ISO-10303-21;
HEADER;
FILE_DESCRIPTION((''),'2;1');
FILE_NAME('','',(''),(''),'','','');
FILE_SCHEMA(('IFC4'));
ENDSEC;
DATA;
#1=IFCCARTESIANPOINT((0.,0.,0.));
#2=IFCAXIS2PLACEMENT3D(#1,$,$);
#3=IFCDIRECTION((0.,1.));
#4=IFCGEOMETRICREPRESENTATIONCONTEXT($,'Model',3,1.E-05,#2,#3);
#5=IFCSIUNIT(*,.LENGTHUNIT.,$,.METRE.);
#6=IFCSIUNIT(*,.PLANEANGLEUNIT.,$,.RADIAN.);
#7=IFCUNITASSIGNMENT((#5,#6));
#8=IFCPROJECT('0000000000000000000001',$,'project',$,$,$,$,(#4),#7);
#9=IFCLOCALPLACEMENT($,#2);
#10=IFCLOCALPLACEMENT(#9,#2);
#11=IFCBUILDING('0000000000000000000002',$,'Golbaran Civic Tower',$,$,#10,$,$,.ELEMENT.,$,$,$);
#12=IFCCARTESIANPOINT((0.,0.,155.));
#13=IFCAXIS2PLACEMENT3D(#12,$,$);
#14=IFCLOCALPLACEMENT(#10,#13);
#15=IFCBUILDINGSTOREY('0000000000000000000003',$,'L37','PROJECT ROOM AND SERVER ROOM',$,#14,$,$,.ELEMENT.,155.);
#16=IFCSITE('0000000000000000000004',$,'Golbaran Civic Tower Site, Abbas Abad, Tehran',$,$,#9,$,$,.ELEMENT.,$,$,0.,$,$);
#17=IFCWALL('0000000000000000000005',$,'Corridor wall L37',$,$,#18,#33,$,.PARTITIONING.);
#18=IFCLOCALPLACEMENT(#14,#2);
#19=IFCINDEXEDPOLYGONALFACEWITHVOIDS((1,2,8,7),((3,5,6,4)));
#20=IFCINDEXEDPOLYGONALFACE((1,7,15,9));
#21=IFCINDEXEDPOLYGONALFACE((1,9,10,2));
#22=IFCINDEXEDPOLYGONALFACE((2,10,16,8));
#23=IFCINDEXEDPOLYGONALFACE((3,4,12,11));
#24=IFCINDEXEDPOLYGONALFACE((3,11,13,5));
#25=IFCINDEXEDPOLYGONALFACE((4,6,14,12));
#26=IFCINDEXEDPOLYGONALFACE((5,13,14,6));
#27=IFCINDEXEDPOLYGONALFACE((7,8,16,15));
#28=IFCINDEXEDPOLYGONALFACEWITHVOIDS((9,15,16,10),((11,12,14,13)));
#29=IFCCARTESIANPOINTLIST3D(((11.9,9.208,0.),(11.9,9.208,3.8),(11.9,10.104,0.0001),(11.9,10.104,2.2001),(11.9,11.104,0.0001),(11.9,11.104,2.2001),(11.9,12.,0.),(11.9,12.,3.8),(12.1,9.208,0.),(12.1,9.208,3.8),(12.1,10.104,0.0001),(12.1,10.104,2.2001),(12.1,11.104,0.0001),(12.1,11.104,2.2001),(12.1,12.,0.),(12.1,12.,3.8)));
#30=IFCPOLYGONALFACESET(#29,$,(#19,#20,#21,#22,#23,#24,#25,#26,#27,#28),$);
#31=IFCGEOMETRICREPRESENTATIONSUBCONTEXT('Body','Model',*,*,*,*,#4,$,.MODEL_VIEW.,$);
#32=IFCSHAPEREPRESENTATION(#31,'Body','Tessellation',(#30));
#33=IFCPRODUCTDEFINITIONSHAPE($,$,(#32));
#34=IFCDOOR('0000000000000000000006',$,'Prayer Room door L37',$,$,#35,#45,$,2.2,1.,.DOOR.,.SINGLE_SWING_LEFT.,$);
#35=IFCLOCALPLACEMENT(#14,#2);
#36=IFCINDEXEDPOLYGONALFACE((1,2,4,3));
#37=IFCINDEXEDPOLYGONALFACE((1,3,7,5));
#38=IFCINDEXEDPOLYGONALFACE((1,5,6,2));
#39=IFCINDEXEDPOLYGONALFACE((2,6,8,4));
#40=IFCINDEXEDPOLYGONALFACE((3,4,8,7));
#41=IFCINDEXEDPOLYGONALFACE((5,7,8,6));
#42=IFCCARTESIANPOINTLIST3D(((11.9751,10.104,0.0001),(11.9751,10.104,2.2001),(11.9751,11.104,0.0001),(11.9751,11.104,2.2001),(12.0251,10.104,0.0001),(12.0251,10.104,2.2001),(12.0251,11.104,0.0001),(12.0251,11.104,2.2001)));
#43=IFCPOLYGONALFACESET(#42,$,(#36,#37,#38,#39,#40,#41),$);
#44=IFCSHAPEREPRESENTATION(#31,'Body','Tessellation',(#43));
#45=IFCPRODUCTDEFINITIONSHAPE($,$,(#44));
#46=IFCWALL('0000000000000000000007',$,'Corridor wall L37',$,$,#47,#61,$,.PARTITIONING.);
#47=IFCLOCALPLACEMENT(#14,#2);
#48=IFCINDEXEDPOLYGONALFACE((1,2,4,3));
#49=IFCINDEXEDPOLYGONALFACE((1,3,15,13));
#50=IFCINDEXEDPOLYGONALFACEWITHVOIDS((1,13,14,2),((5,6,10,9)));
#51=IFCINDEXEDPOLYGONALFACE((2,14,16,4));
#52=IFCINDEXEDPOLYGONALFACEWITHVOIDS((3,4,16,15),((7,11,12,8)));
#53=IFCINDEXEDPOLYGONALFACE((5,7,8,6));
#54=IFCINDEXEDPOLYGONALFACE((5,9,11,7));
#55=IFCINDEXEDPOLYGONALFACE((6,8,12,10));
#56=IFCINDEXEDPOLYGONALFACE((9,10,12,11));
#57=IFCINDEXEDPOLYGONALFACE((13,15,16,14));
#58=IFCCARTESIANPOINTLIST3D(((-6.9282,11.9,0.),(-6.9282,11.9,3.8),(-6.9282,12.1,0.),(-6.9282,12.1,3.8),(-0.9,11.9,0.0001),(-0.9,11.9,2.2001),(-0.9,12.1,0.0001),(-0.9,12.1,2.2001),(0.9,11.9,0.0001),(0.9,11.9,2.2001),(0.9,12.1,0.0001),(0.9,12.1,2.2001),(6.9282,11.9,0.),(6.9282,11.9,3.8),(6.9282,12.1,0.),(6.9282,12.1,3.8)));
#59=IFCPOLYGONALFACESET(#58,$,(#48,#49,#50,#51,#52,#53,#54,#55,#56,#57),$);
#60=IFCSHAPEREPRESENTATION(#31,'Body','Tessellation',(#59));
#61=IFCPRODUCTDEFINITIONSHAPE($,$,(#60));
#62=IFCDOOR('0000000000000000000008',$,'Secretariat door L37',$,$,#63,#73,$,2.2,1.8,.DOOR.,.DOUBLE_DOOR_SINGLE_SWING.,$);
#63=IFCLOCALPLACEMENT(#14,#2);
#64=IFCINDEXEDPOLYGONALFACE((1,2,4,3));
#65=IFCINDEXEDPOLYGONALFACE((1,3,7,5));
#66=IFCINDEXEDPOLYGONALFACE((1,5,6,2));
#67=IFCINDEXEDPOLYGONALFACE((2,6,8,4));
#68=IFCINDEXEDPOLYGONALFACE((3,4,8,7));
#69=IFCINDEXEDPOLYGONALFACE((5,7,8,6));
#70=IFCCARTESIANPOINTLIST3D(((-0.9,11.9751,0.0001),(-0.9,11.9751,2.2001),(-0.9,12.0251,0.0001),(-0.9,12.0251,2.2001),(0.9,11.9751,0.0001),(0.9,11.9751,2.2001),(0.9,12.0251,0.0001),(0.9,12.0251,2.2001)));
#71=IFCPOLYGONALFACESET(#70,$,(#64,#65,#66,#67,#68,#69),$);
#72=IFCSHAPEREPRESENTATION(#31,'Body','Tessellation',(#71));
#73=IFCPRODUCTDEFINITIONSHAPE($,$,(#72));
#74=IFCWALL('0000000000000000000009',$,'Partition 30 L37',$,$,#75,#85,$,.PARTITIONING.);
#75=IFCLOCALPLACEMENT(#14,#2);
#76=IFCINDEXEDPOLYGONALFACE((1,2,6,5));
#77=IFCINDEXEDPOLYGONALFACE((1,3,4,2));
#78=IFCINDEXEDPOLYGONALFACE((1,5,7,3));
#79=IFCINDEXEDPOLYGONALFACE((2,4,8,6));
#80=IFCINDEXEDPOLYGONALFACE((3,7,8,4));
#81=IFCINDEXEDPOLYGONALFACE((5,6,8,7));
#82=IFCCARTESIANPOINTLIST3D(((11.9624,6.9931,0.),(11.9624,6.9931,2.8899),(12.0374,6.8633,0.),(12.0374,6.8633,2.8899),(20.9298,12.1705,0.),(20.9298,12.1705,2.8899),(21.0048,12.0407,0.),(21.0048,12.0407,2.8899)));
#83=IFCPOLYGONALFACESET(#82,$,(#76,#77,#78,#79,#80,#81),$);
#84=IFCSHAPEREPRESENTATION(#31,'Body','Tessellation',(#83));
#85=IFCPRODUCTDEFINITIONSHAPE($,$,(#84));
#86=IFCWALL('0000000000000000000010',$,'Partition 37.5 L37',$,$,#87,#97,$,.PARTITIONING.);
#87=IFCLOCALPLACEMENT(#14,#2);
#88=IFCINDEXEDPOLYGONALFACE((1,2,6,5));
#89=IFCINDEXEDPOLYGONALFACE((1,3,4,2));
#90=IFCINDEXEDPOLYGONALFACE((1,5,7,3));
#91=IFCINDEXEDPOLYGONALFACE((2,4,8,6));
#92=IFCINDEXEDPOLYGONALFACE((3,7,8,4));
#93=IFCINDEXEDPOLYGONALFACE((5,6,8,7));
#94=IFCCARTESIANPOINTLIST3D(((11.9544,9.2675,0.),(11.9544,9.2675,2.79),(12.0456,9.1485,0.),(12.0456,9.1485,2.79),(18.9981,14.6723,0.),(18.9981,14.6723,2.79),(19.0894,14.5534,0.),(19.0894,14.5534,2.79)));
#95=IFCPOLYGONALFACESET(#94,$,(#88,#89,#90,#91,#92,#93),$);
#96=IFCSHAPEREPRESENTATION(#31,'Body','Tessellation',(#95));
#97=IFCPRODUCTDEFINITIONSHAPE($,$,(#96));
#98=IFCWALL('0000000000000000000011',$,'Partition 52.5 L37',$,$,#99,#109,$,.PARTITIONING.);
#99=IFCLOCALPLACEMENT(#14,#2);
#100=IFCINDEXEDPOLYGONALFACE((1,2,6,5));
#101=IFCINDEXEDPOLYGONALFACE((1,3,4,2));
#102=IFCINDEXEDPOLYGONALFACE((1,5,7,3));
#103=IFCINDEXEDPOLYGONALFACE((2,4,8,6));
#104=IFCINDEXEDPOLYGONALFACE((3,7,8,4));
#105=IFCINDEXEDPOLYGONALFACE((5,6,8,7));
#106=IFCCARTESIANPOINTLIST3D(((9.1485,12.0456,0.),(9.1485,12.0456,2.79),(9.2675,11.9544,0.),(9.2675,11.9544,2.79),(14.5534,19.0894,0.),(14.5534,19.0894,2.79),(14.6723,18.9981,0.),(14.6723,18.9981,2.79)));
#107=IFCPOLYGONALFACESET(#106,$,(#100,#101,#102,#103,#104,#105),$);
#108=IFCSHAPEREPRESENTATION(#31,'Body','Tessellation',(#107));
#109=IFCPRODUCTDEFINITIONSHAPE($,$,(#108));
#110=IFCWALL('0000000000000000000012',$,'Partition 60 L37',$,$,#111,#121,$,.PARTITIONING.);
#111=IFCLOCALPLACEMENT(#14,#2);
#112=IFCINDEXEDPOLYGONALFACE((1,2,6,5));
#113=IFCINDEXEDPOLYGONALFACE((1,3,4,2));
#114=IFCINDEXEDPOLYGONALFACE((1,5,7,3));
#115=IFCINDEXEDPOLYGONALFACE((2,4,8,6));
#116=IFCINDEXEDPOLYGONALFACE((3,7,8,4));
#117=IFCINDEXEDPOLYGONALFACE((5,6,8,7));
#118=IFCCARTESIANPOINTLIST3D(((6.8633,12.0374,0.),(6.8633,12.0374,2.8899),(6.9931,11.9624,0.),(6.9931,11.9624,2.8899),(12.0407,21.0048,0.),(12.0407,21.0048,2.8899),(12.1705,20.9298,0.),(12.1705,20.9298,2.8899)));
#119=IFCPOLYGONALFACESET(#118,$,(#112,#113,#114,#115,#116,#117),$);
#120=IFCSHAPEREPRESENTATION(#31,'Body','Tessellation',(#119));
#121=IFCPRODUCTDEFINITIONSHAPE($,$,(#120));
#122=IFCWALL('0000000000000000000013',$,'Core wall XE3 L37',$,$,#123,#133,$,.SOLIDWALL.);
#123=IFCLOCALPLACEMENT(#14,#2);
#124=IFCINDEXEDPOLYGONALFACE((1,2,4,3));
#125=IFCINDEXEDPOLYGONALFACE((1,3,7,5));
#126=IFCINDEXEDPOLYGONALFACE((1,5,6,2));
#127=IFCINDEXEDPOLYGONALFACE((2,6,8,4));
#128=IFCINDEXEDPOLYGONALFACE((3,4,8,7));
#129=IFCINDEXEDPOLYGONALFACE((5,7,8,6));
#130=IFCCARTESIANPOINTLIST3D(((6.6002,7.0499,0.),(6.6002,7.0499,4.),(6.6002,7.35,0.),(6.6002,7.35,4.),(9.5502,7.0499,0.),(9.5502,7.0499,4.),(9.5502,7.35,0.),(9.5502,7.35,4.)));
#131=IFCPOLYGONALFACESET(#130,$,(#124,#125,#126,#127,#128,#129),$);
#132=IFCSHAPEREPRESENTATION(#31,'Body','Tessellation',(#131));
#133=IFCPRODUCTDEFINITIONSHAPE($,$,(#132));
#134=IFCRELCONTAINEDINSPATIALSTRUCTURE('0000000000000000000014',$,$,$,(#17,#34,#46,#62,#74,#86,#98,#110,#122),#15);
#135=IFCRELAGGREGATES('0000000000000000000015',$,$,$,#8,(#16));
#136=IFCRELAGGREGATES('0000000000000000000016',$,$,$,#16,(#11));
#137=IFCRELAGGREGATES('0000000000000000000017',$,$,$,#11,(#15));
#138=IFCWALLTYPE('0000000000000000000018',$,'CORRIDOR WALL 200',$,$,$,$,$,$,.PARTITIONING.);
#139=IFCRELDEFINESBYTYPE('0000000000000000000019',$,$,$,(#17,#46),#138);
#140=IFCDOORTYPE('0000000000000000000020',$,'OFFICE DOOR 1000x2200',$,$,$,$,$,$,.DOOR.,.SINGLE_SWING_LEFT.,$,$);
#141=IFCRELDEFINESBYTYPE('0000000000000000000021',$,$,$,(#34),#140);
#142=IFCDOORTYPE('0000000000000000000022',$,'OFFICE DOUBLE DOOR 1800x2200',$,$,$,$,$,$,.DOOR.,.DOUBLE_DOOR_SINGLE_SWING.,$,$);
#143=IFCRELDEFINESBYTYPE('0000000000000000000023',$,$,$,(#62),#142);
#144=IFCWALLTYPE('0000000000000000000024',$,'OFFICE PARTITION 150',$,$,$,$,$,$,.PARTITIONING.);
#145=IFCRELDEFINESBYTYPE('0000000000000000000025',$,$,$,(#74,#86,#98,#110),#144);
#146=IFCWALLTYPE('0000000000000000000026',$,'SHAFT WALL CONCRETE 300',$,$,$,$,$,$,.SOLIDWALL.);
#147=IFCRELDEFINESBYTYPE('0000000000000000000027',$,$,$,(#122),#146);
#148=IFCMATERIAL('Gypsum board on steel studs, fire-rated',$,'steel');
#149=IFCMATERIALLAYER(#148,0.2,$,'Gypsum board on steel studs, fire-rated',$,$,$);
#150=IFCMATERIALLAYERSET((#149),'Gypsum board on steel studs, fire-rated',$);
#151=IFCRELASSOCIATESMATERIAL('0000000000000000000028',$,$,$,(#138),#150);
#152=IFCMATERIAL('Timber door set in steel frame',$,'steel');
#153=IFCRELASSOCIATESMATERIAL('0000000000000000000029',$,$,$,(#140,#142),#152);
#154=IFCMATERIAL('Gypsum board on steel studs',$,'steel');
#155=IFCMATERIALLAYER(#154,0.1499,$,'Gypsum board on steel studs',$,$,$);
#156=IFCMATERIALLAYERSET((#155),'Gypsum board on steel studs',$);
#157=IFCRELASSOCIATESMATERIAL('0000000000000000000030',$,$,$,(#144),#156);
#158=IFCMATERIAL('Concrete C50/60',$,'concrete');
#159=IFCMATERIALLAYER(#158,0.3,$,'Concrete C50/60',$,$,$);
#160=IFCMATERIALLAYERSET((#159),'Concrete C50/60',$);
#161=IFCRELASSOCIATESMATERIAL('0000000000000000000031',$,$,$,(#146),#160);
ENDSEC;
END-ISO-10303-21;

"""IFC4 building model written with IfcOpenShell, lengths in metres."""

from ifc_helpers import new_model, si_unit, direction, frame, frame_2d, origin, place, context, subcontext, project, spatial, rectangle, extrude, material, layer, layer_set, type_object, element, fill, save


model = new_model("IFC4")

# Units and contexts
model_context = context("Model", 3, precision=1e-05, world=origin(), true_north=direction((0.0, 1.0)))
body_context = subcontext(model_context, "Body", "Model", "MODEL_VIEW")
ifc_project = project(units=[si_unit("LENGTHUNIT", "METRE"), si_unit("PLANEANGLEUNIT", "RADIAN")], contexts=[model_context])

# Site, building, storey
site_placement = place(None, origin())
site = spatial("IfcSite", under=ifc_project, at=site_placement, Name="Golbaran Civic Tower Site, Abbas Abad, Tehran", CompositionType="ELEMENT", RefElevation=0.0)
building_placement = place(site_placement, origin())
building = spatial("IfcBuilding", under=site, at=building_placement, Name="Golbaran Civic Tower", CompositionType="ELEMENT")
storey_placement = place(building_placement, frame((0.0, 0.0, 155.0)))
storey = spatial("IfcBuildingStorey", under=building, at=storey_placement, Name="L37", Description="PROJECT ROOM AND SERVER ROOM", CompositionType="ELEMENT", Elevation=155.0)

# Walls, openings, doors
ifc_material_1 = material(Name="Gypsum board on steel studs, fire-rated", Category="steel")
ifc_layer_1 = layer(ifc_material_1, 0.2, Name="Gypsum board on steel studs, fire-rated")
ifc_layer_set_1 = layer_set([ifc_layer_1], Name="Gypsum board on steel studs, fire-rated")
wall_type_1 = type_object("IfcWallType", Name="CORRIDOR WALL 200", PredefinedType="PARTITIONING", material=ifc_layer_set_1)
ifc_material_2 = material(Name="Timber door set in steel frame", Category="steel")
door_type_1 = type_object("IfcDoorType", Name="OFFICE DOOR 1000x2200", OperationType="SINGLE_SWING_LEFT", PredefinedType="DOOR", material=ifc_material_2)
wall_1_placement = place(storey_placement, frame((12.0, 9.208, 0.0), z_axis=(0.0, 0.0, 1.0), x_axis=(0.0, 1.0, 0.0)))
wall_1 = element("IfcWall", 1, at=wall_1_placement, inside=storey, type_object=wall_type_1, Name="Corridor wall L37", PredefinedType="PARTITIONING", context=body_context, shape_type="SweptSolid", body=[
    extrude(rectangle(XDim=2.792, YDim=0.2, at=frame_2d((1.396, 0.0))), origin(), (0.0, 0.0, 1.0), 3.8),
])
opening_1_placement = place(wall_1_placement, frame((0.896, 0.0, 0.0)))
opening_1 = element("IfcOpeningElement", 2, at=opening_1_placement, cuts=wall_1, PredefinedType="OPENING", context=body_context, shape_type="SweptSolid", body=[
    extrude(rectangle(XDim=1.0, YDim=2.2, at=frame_2d((0.5, 1.1001))), frame((0.0, 0.1099, 0.0), z_axis=(0.0, -1.0, 0.0), x_axis=(1.0, 0.0, 0.0)), (0.0, 0.0, 1.0), 0.22),
])
door_1_placement = place(opening_1_placement, origin())
door_1 = element("IfcDoor", 3, at=door_1_placement, inside=storey, type_object=door_type_1, Name="Prayer Room door L37", OperationType="SINGLE_SWING_LEFT", OverallHeight=2.2, OverallWidth=1.0, PredefinedType="DOOR", context=body_context, shape_type="SweptSolid", body=[
    extrude(rectangle(XDim=1.0, YDim=2.2, at=frame_2d((0.5, 1.1001))), frame((0.0, 0.0249, 0.0), z_axis=(0.0, -1.0, 0.0), x_axis=(1.0, 0.0, 0.0)), (0.0, 0.0, 1.0), 0.05),
])
fill(opening_1, door_1)
wall_2_placement = place(storey_placement, frame((6.9282, 12.0, 0.0), z_axis=(0.0, 0.0, 1.0), x_axis=(-1.0, 0.0, 0.0)))
wall_2 = element("IfcWall", 4, at=wall_2_placement, inside=storey, type_object=wall_type_1, Name="Corridor wall L37", PredefinedType="PARTITIONING", context=body_context, shape_type="SweptSolid", body=[
    extrude(rectangle(XDim=13.8564, YDim=0.2, at=frame_2d((6.9282, 0.0))), origin(), (0.0, 0.0, 1.0), 3.8),
])
opening_2_placement = place(wall_2_placement, frame((6.0283, 0.0, 0.0)))
opening_2 = element("IfcOpeningElement", 5, at=opening_2_placement, cuts=wall_2, PredefinedType="OPENING", context=body_context, shape_type="SweptSolid", body=[
    extrude(rectangle(XDim=1.8, YDim=2.2, at=frame_2d((0.8999, 1.1001))), frame((0.0, 0.1099, 0.0), z_axis=(0.0, -1.0, 0.0), x_axis=(1.0, 0.0, 0.0)), (0.0, 0.0, 1.0), 0.22),
])
door_type_2 = type_object("IfcDoorType", Name="OFFICE DOUBLE DOOR 1800x2200", OperationType="DOUBLE_DOOR_SINGLE_SWING", PredefinedType="DOOR", material=ifc_material_2)
door_2_placement = place(opening_2_placement, origin())
door_2 = element("IfcDoor", 6, at=door_2_placement, inside=storey, type_object=door_type_2, Name="Secretariat door L37", OperationType="DOUBLE_DOOR_SINGLE_SWING", OverallHeight=2.2, OverallWidth=1.8, PredefinedType="DOOR", context=body_context, shape_type="SweptSolid", body=[
    extrude(rectangle(XDim=1.8, YDim=2.2, at=frame_2d((0.8999, 1.1001))), frame((0.0, 0.0249, 0.0), z_axis=(0.0, -1.0, 0.0), x_axis=(1.0, 0.0, 0.0)), (0.0, 0.0, 1.0), 0.05),
])
fill(opening_2, door_2)

# Walls
ifc_material_3 = material(Name="Gypsum board on steel studs", Category="steel")
ifc_layer_2 = layer(ifc_material_3, 0.1499, Name="Gypsum board on steel studs")
ifc_layer_set_2 = layer_set([ifc_layer_2], Name="Gypsum board on steel studs")
wall_type_2 = type_object("IfcWallType", Name="OFFICE PARTITION 150", PredefinedType="PARTITIONING", material=ifc_layer_set_2)
wall_3_placement = place(storey_placement, frame((12.0, 6.9282, 0.0), z_axis=(0.0, 0.0, 1.0), x_axis=(0.866022, 0.500006, 0.0)))
element("IfcWall", 7, at=wall_3_placement, inside=storey, type_object=wall_type_2, Name="Partition 30 L37", PredefinedType="PARTITIONING", context=body_context, shape_type="SweptSolid", body=[
    extrude(rectangle(XDim=10.3547, YDim=0.1499, at=frame_2d((5.1772, 0.0))), origin(), (0.0, 0.0, 1.0), 2.8899),
])
for number, where, z_axis, x_axis, name in (
    (8, (12.0, 9.208, 0.0), (0.0, 0.0, 1.0), (0.793355, 0.608759, 0.0), "Partition 37.5 L37"),
    (9, (9.208, 12.0, 0.0), (0.0, 0.0, 1.0), (0.608759, 0.793355, 0.0), "Partition 52.5 L37"),
):
    element("IfcWall", number, at=place(storey_placement, frame(where, z_axis=z_axis, x_axis=x_axis)), inside=storey, type_object=wall_type_2, Name=name, PredefinedType="PARTITIONING", context=body_context, shape_type="SweptSolid", body=[
        extrude(rectangle(XDim=8.8784, YDim=0.1499, at=frame_2d((4.4392, 0.0))), origin(), (0.0, 0.0, 1.0), 2.79),
    ])
wall_4_placement = place(storey_placement, frame((6.9282, 12.0, 0.0), z_axis=(0.0, 0.0, 1.0), x_axis=(0.500006, 0.866022, 0.0)))
element("IfcWall", 10, at=wall_4_placement, inside=storey, type_object=wall_type_2, Name="Partition 60 L37", PredefinedType="PARTITIONING", context=body_context, shape_type="SweptSolid", body=[
    extrude(rectangle(XDim=10.3547, YDim=0.1499, at=frame_2d((5.1772, 0.0))), origin(), (0.0, 0.0, 1.0), 2.8899),
])
ifc_material_4 = material(Name="Concrete C50/60", Category="concrete")
ifc_layer_3 = layer(ifc_material_4, 0.3, Name="Concrete C50/60")
ifc_layer_set_3 = layer_set([ifc_layer_3], Name="Concrete C50/60")
wall_type_3 = type_object("IfcWallType", Name="SHAFT WALL CONCRETE 300", PredefinedType="SOLIDWALL", material=ifc_layer_set_3)
wall_5_placement = place(storey_placement, frame((6.6001, 7.2, 0.0), z_axis=(0.0, 0.0, 1.0), x_axis=(1.0, 0.0, 0.0)))
element("IfcWall", 11, at=wall_5_placement, inside=storey, type_object=wall_type_3, Name="Core wall XE3 L37", PredefinedType="SOLIDWALL", context=body_context, shape_type="SweptSolid", body=[
    extrude(rectangle(XDim=2.95, YDim=0.3, at=frame_2d((1.4751, 0.0))), origin(), (0.0, 0.0, 1.0), 4.0),
])

save(model, "model.ifc")
